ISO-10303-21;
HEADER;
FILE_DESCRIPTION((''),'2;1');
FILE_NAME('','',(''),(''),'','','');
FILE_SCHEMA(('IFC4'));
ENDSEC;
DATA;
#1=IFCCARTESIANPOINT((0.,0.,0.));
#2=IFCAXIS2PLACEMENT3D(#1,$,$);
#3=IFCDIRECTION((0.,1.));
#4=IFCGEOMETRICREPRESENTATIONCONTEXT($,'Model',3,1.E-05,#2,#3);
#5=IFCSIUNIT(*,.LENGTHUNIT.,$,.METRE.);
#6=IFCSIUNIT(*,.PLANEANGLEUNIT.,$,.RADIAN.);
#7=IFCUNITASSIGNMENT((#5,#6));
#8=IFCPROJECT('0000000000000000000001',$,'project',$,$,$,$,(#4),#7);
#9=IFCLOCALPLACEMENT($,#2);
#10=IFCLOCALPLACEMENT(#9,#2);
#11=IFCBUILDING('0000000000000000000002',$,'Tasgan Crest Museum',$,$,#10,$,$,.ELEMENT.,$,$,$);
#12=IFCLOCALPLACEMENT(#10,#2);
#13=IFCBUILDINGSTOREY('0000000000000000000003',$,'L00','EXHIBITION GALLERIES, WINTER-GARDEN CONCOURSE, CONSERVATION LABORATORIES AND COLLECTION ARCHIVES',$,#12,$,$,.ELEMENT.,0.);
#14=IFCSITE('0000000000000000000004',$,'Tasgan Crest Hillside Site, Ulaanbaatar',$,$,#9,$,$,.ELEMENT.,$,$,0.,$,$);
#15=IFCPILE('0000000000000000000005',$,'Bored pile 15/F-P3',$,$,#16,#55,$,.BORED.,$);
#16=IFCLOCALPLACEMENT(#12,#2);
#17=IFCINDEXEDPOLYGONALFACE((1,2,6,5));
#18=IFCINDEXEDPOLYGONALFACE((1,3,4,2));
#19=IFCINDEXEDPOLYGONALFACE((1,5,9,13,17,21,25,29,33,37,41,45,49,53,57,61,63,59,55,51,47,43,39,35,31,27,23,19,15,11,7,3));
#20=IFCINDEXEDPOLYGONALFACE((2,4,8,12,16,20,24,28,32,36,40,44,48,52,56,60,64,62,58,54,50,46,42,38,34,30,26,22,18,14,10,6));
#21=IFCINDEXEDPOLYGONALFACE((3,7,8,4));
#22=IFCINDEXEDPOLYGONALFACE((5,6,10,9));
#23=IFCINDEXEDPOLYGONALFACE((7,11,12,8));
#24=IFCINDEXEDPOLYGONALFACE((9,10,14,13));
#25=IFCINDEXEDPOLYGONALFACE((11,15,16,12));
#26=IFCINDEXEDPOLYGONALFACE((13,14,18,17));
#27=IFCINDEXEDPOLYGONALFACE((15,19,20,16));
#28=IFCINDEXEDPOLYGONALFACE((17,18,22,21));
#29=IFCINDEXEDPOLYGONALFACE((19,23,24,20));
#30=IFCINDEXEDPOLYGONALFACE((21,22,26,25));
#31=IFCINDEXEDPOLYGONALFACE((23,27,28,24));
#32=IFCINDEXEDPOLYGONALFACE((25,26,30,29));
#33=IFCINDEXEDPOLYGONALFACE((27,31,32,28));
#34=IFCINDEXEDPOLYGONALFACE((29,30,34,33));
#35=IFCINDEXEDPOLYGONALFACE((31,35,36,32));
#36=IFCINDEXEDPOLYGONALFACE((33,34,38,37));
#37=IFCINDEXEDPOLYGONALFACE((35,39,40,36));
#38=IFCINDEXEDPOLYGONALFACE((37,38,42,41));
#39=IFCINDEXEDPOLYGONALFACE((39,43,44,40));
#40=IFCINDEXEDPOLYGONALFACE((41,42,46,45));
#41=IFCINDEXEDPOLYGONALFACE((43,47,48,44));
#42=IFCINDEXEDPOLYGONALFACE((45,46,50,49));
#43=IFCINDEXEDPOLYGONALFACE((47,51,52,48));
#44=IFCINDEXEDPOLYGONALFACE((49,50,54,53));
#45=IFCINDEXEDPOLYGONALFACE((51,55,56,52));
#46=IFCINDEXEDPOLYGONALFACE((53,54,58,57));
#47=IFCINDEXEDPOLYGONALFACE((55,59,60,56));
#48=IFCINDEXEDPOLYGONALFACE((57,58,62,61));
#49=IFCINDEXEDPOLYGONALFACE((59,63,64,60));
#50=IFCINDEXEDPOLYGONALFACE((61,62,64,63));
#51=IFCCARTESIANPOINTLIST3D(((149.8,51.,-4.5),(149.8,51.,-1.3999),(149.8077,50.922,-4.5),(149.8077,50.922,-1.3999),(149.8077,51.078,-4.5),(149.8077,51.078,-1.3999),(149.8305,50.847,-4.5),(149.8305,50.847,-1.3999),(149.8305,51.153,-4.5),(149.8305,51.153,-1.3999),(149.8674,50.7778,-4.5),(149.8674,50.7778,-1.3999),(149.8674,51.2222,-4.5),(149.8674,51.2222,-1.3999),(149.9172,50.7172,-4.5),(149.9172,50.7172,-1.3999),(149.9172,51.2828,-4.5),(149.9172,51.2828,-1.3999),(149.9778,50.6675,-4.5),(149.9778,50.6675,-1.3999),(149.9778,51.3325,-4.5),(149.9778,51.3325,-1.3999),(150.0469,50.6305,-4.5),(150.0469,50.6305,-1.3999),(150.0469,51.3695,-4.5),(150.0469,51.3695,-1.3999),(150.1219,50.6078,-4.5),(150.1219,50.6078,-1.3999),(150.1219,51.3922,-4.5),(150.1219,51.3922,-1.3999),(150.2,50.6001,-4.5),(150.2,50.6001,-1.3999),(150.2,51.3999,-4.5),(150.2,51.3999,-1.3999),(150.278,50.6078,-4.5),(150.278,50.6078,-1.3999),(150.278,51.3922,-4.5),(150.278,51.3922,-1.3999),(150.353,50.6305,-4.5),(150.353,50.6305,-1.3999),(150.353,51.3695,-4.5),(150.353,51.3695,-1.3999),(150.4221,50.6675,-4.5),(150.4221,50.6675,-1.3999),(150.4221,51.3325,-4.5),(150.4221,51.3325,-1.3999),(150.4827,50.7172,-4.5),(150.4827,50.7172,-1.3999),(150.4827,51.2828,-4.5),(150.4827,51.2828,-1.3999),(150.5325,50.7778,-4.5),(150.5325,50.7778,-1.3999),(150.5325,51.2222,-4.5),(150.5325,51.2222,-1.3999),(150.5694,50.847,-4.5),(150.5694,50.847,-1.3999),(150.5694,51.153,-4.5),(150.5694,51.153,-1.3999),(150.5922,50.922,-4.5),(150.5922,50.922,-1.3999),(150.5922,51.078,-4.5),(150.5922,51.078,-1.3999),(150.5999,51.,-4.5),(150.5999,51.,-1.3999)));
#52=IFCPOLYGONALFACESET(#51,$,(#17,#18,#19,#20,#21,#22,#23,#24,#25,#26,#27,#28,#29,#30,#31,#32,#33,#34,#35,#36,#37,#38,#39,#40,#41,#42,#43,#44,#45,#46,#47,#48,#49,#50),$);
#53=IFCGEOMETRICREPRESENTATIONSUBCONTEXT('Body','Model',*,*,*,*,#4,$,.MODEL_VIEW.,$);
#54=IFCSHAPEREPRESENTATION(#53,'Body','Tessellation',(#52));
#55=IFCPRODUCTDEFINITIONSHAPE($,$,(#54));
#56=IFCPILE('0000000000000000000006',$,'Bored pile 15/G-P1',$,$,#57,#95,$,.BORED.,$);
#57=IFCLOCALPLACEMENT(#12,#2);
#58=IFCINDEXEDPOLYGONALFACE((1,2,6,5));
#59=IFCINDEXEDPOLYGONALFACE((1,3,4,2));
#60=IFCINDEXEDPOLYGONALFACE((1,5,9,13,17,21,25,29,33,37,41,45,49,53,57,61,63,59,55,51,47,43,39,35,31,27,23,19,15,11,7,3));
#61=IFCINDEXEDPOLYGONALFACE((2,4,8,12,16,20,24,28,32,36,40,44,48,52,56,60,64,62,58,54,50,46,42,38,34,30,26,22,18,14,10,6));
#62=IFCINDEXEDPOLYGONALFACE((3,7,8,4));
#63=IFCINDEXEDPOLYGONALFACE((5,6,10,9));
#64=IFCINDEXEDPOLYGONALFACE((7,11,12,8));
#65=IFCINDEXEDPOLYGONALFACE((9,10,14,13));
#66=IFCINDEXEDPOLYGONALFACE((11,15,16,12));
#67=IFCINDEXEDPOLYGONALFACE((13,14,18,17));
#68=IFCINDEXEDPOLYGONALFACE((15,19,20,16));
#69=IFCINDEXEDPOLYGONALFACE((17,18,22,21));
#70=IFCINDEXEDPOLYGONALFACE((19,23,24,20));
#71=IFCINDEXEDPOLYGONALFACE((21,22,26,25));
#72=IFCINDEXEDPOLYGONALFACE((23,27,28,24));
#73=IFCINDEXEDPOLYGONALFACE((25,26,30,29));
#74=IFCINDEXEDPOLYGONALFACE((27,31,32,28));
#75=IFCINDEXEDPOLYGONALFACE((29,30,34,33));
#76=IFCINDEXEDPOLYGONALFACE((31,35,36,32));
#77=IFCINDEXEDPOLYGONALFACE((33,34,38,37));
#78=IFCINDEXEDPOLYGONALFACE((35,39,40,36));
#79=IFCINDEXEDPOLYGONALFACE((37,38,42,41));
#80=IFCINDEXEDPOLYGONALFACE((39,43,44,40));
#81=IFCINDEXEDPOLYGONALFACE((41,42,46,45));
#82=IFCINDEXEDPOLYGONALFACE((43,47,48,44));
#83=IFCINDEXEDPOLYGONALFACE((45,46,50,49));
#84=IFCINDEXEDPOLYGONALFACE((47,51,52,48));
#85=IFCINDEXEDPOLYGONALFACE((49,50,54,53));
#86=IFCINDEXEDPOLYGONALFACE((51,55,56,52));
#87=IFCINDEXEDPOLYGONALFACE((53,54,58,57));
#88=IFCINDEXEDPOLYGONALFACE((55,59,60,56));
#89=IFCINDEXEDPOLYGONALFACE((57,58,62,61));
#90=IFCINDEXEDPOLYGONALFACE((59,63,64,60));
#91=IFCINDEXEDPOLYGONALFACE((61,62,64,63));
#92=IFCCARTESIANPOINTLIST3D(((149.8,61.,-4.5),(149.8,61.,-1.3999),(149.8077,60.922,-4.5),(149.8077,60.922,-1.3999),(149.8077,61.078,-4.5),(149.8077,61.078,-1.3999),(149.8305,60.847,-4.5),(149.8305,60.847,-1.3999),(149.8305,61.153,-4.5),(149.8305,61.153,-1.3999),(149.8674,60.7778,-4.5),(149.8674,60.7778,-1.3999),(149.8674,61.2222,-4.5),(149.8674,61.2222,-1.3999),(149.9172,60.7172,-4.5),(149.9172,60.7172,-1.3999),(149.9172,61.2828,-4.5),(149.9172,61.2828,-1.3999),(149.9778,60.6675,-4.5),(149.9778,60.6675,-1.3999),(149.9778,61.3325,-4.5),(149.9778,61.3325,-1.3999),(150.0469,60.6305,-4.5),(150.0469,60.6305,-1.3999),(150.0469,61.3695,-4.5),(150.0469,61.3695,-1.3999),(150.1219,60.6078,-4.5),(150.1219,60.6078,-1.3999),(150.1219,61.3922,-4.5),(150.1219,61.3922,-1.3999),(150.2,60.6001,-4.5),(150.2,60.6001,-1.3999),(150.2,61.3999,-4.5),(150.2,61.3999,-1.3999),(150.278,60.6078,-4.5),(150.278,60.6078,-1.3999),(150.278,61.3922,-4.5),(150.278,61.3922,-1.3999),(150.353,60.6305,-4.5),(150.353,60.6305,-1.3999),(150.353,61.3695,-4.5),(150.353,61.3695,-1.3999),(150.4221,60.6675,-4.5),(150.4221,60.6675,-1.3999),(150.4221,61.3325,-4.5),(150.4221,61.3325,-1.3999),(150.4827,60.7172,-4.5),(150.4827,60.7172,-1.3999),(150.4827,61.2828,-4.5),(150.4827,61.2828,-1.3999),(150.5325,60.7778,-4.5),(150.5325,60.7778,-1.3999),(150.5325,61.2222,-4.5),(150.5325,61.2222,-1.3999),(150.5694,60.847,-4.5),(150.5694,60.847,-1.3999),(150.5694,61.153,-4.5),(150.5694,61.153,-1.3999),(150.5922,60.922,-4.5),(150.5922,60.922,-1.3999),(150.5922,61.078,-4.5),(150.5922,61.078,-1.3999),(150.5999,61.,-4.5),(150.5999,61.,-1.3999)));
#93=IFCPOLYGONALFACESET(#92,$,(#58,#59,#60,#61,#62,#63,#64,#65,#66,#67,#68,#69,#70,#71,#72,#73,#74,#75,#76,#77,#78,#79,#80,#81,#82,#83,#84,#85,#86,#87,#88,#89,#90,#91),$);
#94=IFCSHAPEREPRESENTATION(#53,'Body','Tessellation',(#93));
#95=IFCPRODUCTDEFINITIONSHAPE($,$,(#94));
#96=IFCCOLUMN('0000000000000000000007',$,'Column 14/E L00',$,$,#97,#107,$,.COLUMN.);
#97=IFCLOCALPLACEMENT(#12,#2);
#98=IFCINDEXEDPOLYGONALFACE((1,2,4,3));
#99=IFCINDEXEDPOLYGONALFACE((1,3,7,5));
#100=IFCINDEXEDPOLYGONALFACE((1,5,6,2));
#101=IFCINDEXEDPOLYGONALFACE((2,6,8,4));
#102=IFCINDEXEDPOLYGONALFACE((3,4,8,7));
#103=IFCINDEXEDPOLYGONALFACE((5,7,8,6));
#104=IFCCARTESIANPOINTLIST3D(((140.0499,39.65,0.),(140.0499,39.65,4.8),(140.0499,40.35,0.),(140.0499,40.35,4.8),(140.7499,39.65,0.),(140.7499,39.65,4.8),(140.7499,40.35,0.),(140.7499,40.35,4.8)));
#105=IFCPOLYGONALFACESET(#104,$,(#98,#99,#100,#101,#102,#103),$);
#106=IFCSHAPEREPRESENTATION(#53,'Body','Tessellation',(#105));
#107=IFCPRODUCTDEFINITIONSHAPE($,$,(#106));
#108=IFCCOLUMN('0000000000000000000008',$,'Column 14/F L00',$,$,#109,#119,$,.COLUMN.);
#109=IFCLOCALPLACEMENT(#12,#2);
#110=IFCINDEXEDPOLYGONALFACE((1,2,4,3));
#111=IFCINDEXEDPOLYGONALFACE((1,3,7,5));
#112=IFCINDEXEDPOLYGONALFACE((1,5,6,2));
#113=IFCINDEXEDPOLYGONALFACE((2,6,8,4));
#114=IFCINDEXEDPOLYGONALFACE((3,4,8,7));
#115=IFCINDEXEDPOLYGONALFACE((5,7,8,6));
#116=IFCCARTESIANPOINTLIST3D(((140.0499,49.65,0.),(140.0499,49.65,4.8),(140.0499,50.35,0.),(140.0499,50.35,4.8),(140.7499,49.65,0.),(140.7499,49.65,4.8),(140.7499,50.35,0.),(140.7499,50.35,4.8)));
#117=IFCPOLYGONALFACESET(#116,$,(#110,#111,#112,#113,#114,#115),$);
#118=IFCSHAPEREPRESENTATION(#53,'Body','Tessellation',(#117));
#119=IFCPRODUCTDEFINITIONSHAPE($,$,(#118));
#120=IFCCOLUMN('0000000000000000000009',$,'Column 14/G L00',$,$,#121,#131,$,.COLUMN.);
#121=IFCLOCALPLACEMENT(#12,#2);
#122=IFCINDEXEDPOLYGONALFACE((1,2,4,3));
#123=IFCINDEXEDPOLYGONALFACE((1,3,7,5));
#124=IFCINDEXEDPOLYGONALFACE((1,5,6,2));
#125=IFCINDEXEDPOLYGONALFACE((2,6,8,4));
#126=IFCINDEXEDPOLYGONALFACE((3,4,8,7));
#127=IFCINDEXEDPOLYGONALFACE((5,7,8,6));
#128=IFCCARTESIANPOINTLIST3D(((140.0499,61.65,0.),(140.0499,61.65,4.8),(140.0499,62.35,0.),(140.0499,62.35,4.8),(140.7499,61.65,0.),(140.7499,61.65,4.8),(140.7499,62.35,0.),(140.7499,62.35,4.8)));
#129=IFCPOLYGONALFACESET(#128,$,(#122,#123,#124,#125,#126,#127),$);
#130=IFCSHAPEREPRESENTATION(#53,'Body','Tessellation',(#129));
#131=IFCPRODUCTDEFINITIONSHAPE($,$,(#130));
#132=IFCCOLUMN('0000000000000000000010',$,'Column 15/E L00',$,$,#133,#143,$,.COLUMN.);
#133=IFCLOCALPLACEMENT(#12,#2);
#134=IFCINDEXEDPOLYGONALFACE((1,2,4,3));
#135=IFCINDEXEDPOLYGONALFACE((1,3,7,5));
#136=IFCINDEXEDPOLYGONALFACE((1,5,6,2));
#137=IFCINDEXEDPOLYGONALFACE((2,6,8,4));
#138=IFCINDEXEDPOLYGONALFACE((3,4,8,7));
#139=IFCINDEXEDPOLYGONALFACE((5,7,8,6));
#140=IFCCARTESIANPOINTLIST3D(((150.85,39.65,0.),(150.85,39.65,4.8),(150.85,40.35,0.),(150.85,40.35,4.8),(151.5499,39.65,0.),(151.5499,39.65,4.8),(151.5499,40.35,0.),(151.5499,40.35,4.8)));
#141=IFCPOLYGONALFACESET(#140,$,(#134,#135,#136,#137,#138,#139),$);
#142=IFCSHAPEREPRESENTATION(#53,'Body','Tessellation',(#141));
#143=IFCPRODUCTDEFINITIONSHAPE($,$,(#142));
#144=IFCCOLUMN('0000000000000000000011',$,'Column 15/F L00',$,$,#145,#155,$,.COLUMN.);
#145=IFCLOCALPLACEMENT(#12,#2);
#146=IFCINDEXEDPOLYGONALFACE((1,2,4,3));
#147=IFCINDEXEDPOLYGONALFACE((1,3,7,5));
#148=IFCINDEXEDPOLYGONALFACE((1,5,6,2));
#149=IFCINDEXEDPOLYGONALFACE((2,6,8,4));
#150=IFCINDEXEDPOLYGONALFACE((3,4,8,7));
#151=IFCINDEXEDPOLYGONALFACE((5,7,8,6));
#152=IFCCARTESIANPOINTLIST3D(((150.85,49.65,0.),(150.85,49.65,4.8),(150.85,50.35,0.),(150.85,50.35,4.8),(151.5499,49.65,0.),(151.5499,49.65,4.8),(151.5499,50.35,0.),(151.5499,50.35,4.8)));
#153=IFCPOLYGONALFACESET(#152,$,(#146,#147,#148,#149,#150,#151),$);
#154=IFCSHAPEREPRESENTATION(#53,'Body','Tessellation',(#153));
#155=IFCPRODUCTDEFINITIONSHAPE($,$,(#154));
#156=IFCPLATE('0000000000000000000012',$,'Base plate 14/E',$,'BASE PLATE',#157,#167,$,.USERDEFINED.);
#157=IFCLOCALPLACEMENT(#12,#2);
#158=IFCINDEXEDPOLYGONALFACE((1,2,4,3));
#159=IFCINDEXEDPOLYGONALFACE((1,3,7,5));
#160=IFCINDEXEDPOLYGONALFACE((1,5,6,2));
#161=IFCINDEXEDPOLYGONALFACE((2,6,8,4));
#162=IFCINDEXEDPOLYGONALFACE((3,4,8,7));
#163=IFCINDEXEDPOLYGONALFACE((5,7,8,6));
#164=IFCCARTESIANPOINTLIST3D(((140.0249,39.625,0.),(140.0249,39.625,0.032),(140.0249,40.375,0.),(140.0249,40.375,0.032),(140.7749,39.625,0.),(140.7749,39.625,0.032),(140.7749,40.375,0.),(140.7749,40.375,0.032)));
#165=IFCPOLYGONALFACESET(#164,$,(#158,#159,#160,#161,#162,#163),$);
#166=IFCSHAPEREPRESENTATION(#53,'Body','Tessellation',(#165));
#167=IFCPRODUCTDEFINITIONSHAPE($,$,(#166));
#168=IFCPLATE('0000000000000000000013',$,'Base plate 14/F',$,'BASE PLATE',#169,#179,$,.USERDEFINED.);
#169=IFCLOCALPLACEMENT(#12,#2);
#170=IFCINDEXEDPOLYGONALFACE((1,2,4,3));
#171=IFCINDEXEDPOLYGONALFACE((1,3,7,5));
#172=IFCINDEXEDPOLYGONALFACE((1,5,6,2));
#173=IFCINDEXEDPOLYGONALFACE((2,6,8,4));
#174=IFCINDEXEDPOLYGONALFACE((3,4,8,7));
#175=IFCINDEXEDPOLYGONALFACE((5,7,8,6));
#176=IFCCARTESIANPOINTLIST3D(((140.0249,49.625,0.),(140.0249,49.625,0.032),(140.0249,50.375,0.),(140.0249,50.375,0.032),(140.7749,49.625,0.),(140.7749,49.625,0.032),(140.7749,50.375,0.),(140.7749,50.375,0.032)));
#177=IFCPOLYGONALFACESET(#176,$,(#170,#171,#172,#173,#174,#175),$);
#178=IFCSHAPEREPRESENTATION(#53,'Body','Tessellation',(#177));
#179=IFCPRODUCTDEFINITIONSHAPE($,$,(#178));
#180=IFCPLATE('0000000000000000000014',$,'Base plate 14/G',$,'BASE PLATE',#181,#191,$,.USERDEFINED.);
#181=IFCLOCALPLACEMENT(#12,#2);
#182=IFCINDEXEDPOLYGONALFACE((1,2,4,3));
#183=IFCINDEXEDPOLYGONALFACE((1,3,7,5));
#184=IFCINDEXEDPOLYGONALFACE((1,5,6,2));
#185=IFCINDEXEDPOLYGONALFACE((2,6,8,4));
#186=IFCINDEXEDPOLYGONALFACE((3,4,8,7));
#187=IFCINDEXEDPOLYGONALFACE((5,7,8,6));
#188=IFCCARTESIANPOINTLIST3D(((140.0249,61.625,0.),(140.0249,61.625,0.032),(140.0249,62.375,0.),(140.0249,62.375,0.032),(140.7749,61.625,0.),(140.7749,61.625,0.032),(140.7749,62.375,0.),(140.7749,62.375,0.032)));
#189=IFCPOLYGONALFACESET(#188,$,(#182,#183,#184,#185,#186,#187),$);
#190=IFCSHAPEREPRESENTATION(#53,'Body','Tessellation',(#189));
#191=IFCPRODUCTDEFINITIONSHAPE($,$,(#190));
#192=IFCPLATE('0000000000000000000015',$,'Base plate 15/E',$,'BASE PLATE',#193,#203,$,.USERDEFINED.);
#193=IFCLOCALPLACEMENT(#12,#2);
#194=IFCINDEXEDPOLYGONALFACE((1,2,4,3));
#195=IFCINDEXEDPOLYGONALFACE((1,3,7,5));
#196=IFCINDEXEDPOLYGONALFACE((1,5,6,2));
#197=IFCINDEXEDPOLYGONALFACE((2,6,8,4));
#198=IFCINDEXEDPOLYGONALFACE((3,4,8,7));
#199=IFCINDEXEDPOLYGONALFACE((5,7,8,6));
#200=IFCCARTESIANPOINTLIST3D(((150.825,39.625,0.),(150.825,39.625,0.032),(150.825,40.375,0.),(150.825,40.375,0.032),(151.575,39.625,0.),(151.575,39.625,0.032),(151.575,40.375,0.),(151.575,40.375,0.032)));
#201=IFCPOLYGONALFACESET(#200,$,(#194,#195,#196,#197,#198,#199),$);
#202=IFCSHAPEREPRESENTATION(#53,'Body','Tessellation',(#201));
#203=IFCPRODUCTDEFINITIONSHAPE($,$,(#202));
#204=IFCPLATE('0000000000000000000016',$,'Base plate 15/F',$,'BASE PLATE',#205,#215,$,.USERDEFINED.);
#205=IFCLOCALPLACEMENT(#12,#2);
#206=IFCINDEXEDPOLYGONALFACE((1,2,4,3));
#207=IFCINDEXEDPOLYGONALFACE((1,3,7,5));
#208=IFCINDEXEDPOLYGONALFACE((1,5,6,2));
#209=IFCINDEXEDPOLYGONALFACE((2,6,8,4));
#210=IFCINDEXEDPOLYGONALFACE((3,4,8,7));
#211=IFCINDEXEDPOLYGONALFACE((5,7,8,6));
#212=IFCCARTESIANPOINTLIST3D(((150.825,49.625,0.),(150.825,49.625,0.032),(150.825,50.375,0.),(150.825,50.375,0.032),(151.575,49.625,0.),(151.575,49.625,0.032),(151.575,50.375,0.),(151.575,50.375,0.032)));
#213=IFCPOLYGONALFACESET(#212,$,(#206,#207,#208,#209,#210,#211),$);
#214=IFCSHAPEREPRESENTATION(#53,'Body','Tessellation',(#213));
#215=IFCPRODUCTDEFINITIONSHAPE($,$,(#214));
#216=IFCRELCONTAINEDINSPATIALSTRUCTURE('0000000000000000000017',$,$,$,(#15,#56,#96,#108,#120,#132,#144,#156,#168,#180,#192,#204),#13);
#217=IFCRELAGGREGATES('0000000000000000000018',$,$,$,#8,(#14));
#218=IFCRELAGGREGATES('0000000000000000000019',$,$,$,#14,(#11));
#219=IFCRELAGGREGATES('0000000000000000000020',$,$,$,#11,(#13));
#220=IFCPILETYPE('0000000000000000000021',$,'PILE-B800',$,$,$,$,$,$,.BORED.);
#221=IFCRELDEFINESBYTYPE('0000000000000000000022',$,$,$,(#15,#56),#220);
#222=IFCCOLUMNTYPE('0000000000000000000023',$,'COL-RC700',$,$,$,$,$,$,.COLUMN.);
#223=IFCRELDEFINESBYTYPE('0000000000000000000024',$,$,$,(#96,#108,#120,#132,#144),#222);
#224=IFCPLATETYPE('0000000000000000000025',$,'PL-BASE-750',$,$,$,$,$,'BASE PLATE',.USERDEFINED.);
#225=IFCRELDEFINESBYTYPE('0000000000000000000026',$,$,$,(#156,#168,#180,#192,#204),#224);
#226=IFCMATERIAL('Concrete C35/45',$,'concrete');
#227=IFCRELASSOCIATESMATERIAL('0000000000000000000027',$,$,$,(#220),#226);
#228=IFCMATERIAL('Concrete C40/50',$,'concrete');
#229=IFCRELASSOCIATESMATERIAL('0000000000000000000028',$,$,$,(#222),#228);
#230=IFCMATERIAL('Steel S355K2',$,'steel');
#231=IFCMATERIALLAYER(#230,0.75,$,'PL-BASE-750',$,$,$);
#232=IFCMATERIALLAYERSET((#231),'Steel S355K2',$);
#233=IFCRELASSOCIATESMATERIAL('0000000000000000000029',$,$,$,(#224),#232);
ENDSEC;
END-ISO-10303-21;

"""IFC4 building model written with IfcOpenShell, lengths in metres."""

from ifc_helpers import new_model, si_unit, direction, frame, origin, origin_2d, place, context, subcontext, project, spatial, rectangle, circle, extrude, material, layer, layer_set, material_profile, profile_set, type_object, element, save


model = new_model("IFC4")

# Units and contexts
model_context = context("Model", 3, precision=1e-05, world=origin(), true_north=direction((0.0, 1.0)))
body_context = subcontext(model_context, "Body", "Model", "MODEL_VIEW")
ifc_project = project(units=[si_unit("LENGTHUNIT", "METRE"), si_unit("PLANEANGLEUNIT", "RADIAN")], contexts=[model_context])

# Site, building, storey
site_placement = place(None, origin())
site = spatial("IfcSite", under=ifc_project, at=site_placement, Name="Tasgan Crest Hillside Site, Ulaanbaatar", CompositionType="ELEMENT", RefElevation=0.0)
building_placement = place(site_placement, origin())
building = spatial("IfcBuilding", under=site, at=building_placement, Name="Tasgan Crest Museum", CompositionType="ELEMENT")
storey_placement = place(building_placement, origin())
storey = spatial("IfcBuildingStorey", under=building, at=storey_placement, Name="L00", Description="EXHIBITION GALLERIES, WINTER-GARDEN CONCOURSE, CONSERVATION LABORATORIES AND COLLECTION ARCHIVES", CompositionType="ELEMENT", Elevation=0.0)

# Piles
ifc_material_1 = material(Name="Concrete C35/45", Category="concrete")
ifc_material_profile_1 = material_profile(ifc_material_1, circle(Radius=0.3999, at=origin_2d()), Name="PILE D800")
ifc_profile_set_1 = profile_set([ifc_material_profile_1], Name="Concrete C35/45")
pile_type = type_object("IfcPileType", Name="PILE-B800", PredefinedType="BORED", material=ifc_profile_set_1)
for number, where, z_axis, x_axis, name in (
    (1, (150.2, 51.0, -1.3999), (0.0, 0.0, -1.0), (1.0, 0.0, 0.0), "Bored pile 15/F-P3"),
    (2, (150.2, 61.0, -1.3999), (0.0, 0.0, -1.0), (1.0, 0.0, 0.0), "Bored pile 15/G-P1"),
):
    element("IfcPile", number, at=place(storey_placement, frame(where, z_axis=z_axis, x_axis=x_axis)), inside=storey, type_object=pile_type, Name=name, PredefinedType="BORED", context=body_context, shape_type="SweptSolid", body=[
        extrude(circle(Radius=0.3999, at=origin_2d()), origin(), (0.0, 0.0, 1.0), 3.1001),
    ])

# Columns
ifc_material_2 = material(Name="Concrete C40/50", Category="concrete")
ifc_material_profile_2 = material_profile(ifc_material_2, rectangle(XDim=0.7, YDim=0.7, at=origin_2d()), Name="RC 700x700")
ifc_profile_set_2 = profile_set([ifc_material_profile_2], Name="Concrete C40/50")
column_type = type_object("IfcColumnType", Name="COL-RC700", PredefinedType="COLUMN", material=ifc_profile_set_2)
for number, where, z_axis, x_axis, name in (
    (3, (140.3999, 40.0, 0.0), (0.0, 0.0, 1.0), (1.0, 0.0, 0.0), "Column 14/E L00"),
    (4, (140.3999, 50.0, 0.0), (0.0, 0.0, 1.0), (1.0, 0.0, 0.0), "Column 14/F L00"),
    (5, (140.3999, 62.0, 0.0), (0.0, 0.0, 1.0), (1.0, 0.0, 0.0), "Column 14/G L00"),
    (6, (151.2, 40.0, 0.0), (0.0, 0.0, 1.0), (1.0, 0.0, 0.0), "Column 15/E L00"),
    (7, (151.2, 50.0, 0.0), (0.0, 0.0, 1.0), (1.0, 0.0, 0.0), "Column 15/F L00"),
):
    element("IfcColumn", number, at=place(storey_placement, frame(where, z_axis=z_axis, x_axis=x_axis)), inside=storey, type_object=column_type, Name=name, PredefinedType="COLUMN", context=body_context, shape_type="SweptSolid", body=[
        extrude(rectangle(XDim=0.7, YDim=0.7, at=origin_2d()), origin(), (0.0, 0.0, 1.0), 4.8),
    ])

# Plates
ifc_material_3 = material(Name="Steel S355K2", Category="steel")
ifc_layer_1 = layer(ifc_material_3, 0.75, Name="PL-BASE-750")
ifc_layer_set_1 = layer_set([ifc_layer_1], Name="Steel S355K2")
plate_type = type_object("IfcPlateType", Name="PL-BASE-750", ElementType="BASE PLATE", PredefinedType="USERDEFINED", material=ifc_layer_set_1)
for number, where, z_axis, x_axis, name in (
    (8, (140.3999, 40.0, 0.0), (0.0, 0.0, 1.0), (1.0, 0.0, 0.0), "Base plate 14/E"),
    (9, (140.3999, 50.0, 0.0), (0.0, 0.0, 1.0), (1.0, 0.0, 0.0), "Base plate 14/F"),
    (10, (140.3999, 62.0, 0.0), (0.0, 0.0, 1.0), (1.0, 0.0, 0.0), "Base plate 14/G"),
    (11, (151.2, 40.0, 0.0), (0.0, 0.0, 1.0), (1.0, 0.0, 0.0), "Base plate 15/E"),
    (12, (151.2, 50.0, 0.0), (0.0, 0.0, 1.0), (1.0, 0.0, 0.0), "Base plate 15/F"),
):
    element("IfcPlate", number, at=place(storey_placement, frame(where, z_axis=z_axis, x_axis=x_axis)), inside=storey, type_object=plate_type, Name=name, ObjectType="BASE PLATE", PredefinedType="USERDEFINED", context=body_context, shape_type="SweptSolid", body=[
        extrude(rectangle(XDim=0.75, YDim=0.75, at=origin_2d()), origin(), (0.0, 0.0, 1.0), 0.032),
    ])

save(model, "model.ifc")
